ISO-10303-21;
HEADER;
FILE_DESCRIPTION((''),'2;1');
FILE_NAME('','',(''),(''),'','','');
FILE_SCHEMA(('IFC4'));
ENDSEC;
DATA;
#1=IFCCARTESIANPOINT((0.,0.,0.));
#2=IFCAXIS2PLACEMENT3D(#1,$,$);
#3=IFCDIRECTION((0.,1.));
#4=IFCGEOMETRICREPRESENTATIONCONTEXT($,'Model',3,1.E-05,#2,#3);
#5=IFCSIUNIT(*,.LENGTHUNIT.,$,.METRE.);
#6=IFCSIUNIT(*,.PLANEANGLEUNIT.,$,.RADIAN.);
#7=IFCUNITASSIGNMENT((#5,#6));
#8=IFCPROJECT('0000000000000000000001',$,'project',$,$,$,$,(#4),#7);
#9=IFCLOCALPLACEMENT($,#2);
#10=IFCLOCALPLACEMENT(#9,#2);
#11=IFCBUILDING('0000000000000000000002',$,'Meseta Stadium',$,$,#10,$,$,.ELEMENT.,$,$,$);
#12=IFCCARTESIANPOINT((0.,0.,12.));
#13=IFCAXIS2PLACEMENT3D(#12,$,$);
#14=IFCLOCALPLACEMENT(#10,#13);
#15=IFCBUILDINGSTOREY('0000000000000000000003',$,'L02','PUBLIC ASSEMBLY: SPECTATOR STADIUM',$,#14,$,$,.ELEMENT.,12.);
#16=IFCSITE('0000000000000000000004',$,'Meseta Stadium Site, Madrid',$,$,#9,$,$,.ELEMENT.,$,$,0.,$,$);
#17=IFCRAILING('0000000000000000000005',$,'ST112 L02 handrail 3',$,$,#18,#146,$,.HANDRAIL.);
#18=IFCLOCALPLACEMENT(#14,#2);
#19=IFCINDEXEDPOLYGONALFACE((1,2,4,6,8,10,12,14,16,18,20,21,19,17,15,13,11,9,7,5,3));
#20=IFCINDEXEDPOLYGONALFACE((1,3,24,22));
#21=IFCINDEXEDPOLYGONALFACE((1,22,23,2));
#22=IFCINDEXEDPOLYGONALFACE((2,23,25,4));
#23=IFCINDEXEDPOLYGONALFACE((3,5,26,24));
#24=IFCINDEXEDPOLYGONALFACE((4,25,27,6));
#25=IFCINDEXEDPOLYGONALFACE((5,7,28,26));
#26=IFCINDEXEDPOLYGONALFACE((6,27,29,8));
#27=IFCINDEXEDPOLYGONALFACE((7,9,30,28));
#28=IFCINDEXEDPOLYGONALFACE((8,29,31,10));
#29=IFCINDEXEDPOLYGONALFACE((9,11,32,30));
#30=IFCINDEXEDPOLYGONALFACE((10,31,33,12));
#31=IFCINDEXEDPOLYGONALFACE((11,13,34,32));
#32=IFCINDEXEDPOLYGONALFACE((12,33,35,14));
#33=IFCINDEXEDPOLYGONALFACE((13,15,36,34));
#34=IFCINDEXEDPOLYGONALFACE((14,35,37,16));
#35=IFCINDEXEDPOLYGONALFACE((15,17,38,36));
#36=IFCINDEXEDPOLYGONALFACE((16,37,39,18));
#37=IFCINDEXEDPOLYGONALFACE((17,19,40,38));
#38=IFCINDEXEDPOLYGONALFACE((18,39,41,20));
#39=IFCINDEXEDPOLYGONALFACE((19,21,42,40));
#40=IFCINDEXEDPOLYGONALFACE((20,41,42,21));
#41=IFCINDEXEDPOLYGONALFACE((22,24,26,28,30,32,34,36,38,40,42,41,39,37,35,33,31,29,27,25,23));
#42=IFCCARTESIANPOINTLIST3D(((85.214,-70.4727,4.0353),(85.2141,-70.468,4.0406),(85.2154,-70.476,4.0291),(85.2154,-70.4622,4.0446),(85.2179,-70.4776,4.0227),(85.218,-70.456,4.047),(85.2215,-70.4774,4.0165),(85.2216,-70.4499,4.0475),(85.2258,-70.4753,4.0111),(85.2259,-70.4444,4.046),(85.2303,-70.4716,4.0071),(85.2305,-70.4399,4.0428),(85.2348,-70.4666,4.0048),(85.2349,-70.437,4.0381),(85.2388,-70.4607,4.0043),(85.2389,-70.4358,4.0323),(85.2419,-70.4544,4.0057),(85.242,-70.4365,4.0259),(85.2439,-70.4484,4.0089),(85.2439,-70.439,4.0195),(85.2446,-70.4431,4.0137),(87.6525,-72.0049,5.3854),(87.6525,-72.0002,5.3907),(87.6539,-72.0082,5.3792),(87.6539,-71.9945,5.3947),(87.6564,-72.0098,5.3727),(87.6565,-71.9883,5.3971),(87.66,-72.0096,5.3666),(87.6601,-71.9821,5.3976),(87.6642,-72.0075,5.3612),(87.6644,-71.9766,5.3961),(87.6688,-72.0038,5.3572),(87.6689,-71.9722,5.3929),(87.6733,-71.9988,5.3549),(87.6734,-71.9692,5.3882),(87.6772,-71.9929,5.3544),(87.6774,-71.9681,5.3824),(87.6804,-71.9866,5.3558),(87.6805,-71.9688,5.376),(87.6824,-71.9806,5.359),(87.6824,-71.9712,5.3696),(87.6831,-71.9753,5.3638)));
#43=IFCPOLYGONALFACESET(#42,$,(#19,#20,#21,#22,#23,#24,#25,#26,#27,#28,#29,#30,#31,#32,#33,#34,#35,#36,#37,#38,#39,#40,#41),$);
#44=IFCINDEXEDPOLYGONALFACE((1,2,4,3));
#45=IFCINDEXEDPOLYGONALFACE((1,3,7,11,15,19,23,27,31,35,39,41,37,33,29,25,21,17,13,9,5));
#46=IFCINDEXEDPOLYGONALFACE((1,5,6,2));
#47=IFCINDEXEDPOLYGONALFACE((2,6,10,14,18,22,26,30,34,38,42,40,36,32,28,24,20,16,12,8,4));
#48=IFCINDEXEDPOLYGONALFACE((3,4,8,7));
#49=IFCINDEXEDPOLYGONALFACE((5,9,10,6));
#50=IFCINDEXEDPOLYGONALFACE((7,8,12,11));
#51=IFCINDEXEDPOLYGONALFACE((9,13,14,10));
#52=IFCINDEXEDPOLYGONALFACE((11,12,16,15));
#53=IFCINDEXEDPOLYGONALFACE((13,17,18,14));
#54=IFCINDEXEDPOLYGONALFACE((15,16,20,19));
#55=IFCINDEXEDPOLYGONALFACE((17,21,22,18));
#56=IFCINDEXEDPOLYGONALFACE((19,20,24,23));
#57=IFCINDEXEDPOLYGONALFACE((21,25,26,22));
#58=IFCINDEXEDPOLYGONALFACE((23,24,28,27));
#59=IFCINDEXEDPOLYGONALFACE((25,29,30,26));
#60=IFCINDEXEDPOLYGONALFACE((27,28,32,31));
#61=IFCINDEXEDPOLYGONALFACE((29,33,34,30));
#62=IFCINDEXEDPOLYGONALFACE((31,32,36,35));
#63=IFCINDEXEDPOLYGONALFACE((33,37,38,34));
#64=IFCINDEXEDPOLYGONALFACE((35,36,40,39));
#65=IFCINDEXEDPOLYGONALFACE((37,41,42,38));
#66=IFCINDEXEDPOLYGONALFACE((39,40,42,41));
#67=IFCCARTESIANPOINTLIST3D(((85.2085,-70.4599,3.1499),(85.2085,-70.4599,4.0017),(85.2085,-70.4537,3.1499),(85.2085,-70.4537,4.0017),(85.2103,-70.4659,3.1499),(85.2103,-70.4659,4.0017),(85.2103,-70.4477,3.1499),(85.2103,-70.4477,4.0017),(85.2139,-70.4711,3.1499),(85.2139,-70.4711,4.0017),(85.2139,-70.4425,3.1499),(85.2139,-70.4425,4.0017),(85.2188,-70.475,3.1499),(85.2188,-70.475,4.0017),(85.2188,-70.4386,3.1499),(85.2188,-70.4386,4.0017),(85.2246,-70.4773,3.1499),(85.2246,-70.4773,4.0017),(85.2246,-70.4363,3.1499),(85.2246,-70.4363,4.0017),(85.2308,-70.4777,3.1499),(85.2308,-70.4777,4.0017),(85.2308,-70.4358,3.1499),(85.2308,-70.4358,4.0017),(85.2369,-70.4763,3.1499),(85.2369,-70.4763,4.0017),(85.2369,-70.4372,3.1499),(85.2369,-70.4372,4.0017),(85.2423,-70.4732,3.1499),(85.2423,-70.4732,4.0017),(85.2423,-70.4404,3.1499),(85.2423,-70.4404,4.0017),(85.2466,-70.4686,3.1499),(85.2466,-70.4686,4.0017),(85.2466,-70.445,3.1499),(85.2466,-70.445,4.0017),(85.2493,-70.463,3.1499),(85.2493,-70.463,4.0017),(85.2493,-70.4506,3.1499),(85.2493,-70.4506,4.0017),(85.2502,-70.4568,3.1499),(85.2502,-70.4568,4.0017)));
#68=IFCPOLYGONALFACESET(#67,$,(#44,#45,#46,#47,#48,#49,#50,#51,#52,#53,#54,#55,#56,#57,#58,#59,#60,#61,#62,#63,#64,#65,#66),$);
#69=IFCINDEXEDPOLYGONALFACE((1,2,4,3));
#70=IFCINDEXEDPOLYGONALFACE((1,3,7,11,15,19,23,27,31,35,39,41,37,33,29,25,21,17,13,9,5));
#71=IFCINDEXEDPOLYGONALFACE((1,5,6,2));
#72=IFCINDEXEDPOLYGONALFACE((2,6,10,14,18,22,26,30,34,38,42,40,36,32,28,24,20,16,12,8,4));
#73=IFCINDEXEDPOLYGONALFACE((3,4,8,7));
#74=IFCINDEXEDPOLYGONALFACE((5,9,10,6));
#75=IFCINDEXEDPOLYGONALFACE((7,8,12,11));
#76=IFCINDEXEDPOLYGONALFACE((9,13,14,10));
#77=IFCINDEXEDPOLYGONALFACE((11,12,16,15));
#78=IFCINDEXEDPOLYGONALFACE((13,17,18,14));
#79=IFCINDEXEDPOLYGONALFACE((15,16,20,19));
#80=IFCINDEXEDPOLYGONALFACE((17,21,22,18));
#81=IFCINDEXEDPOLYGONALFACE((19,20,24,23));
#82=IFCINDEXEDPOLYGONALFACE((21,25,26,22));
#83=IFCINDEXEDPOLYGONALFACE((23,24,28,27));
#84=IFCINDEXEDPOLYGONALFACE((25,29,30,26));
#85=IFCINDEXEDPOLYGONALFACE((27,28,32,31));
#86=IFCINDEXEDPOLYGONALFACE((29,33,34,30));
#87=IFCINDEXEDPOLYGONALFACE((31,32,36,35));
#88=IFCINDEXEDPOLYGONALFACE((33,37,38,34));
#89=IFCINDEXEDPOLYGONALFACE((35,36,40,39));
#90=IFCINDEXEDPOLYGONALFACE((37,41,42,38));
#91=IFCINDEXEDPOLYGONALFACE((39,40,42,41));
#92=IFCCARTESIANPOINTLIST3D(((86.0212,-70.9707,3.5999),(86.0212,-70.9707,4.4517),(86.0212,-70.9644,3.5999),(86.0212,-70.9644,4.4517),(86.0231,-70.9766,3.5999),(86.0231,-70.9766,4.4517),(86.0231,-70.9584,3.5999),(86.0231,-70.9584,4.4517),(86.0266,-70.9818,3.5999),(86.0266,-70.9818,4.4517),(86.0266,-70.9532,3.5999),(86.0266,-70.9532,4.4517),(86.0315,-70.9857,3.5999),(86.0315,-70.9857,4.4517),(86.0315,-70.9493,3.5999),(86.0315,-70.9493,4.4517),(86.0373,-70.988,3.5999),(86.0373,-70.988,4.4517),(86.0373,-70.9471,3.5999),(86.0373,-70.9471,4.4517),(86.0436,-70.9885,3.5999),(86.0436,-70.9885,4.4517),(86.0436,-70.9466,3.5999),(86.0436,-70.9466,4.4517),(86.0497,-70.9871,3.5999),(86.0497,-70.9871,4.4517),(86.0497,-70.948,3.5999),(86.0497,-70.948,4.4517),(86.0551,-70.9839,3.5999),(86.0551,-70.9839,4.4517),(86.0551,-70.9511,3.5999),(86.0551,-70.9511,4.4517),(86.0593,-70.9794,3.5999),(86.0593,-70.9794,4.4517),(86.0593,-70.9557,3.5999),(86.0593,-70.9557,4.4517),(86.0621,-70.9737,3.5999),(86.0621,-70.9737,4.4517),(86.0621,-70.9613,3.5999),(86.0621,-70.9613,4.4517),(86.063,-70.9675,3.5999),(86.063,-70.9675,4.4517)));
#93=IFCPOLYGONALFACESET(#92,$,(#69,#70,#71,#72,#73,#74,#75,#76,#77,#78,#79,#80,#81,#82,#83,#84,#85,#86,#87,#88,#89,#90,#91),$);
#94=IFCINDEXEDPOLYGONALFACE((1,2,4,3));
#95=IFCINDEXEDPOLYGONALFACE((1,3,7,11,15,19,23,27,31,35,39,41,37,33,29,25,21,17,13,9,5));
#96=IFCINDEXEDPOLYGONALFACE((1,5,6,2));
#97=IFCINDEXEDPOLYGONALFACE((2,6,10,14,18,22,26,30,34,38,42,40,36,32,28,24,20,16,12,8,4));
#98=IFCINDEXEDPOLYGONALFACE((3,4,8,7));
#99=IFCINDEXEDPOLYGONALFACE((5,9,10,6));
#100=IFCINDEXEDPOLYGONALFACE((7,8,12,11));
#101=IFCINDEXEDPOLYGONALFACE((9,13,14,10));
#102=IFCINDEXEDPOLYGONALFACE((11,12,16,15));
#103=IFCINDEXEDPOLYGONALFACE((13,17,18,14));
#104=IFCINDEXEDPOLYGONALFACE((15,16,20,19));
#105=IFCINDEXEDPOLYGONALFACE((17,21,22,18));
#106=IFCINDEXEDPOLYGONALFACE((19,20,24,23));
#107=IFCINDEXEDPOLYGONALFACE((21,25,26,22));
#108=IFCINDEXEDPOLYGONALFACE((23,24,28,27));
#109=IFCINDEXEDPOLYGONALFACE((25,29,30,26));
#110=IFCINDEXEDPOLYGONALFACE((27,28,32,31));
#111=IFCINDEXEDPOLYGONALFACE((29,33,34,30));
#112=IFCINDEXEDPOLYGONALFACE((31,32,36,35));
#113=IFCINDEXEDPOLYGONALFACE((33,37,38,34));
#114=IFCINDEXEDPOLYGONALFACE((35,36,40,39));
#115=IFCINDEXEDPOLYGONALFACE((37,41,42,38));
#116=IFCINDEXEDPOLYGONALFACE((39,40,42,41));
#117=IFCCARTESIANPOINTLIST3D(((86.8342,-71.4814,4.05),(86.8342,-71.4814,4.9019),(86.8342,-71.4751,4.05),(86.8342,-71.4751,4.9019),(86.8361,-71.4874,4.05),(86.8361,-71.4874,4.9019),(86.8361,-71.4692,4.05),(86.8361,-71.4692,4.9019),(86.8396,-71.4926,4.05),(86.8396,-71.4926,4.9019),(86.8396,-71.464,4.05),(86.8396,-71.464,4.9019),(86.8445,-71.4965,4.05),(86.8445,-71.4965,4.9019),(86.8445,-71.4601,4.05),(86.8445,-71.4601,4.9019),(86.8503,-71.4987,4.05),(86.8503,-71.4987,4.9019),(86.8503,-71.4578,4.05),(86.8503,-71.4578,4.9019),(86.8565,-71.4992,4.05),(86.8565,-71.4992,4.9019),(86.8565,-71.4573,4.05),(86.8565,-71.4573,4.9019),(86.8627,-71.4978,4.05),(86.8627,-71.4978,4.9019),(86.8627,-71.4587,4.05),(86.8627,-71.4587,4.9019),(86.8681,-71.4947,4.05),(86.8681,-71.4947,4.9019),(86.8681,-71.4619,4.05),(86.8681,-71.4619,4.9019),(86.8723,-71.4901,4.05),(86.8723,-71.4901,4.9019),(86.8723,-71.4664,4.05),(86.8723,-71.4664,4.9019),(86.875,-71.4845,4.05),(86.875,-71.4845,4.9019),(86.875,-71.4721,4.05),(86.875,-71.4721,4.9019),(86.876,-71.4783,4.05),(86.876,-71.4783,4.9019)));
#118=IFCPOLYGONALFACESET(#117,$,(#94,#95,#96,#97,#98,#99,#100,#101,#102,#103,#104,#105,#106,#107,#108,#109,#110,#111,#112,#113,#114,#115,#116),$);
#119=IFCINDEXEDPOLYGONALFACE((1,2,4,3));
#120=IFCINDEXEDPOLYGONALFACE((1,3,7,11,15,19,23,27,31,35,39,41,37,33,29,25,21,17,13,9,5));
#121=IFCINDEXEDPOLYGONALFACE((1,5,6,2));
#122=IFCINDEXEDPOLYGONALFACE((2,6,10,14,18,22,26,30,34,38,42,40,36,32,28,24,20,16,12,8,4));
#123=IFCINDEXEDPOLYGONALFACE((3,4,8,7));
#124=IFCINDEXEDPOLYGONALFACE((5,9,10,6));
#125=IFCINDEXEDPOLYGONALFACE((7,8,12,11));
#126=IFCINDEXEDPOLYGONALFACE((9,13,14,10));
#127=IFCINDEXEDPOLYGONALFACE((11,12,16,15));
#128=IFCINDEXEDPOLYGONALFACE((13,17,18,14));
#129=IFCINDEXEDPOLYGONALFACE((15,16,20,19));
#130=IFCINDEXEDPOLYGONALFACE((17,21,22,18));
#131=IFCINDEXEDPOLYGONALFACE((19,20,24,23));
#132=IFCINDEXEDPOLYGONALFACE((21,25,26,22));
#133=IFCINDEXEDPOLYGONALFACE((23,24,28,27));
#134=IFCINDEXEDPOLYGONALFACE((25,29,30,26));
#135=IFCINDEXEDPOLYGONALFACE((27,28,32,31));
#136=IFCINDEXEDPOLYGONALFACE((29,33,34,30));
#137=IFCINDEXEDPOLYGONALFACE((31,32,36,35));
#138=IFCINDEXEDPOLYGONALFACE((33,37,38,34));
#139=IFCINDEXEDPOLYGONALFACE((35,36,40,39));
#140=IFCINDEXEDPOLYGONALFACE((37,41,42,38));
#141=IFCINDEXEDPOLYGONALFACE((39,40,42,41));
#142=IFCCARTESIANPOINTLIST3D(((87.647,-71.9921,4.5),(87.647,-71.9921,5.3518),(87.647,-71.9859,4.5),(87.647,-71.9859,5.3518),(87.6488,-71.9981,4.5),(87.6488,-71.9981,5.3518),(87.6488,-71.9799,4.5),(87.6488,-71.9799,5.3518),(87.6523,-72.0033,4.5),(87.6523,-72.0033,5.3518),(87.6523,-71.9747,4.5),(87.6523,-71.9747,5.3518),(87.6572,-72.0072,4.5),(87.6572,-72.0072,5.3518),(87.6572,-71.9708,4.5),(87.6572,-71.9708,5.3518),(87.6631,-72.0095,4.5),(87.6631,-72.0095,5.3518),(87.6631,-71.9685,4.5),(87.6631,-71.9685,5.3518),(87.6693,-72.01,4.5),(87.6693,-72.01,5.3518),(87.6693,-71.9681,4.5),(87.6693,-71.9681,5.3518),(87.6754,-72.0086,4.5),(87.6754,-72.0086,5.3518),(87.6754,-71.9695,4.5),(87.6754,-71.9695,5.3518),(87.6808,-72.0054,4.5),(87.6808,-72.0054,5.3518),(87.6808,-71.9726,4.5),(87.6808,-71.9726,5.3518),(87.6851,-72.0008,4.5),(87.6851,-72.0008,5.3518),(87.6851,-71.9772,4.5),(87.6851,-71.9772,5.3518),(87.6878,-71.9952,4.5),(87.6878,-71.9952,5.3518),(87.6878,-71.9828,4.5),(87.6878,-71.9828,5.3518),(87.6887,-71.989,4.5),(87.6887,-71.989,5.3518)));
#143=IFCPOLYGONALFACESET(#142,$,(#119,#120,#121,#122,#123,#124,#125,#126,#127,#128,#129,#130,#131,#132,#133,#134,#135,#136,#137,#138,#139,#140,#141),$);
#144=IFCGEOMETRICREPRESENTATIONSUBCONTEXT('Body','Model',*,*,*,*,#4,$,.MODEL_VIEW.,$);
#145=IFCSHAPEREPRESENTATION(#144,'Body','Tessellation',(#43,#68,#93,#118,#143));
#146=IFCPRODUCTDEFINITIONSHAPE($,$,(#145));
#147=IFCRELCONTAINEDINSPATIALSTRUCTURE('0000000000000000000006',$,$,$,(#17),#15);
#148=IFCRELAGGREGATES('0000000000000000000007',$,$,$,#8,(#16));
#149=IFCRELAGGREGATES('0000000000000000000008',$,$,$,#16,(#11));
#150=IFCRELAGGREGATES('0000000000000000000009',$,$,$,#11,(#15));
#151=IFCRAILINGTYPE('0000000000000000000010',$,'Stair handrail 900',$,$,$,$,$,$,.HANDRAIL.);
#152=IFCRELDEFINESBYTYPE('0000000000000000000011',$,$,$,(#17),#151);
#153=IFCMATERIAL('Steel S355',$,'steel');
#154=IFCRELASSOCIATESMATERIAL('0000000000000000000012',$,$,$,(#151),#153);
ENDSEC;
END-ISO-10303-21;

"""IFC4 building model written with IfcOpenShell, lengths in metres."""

from ifc_helpers import new_model, si_unit, direction, frame, origin, origin_2d, place, context, subcontext, project, spatial, circle, extrude, material, type_object, element, save


model = new_model("IFC4")

# Units and contexts
model_context = context("Model", 3, precision=1e-05, world=origin(), true_north=direction((0.0, 1.0)))
body_context = subcontext(model_context, "Body", "Model", "MODEL_VIEW")
ifc_project = project(units=[si_unit("LENGTHUNIT", "METRE"), si_unit("PLANEANGLEUNIT", "RADIAN")], contexts=[model_context])

# Site, building, storey
site_placement = place(None, origin())
site = spatial("IfcSite", under=ifc_project, at=site_placement, Name="Meseta Stadium Site, Madrid", CompositionType="ELEMENT", RefElevation=0.0)
building_placement = place(site_placement, origin())
building = spatial("IfcBuilding", under=site, at=building_placement, Name="Meseta Stadium", CompositionType="ELEMENT")
storey_placement = place(building_placement, frame((0.0, 0.0, 12.0)))
storey = spatial("IfcBuildingStorey", under=building, at=storey_placement, Name="L02", Description="PUBLIC ASSEMBLY: SPECTATOR STADIUM", CompositionType="ELEMENT", Elevation=12.0)

# Railing
ifc_material_1 = material(Name="Steel S355", Category="steel")
railing_type_1 = type_object("IfcRailingType", Name="Stair handrail 900", PredefinedType="HANDRAIL", material=ifc_material_1)
for number, where, name in (
    (1, (85.2292, -70.4568, 3.1499), "ST112 L02 handrail 3"),
):
    element("IfcRailing", number, at=place(storey_placement, frame(where)), inside=storey, type_object=railing_type_1, Name=name, PredefinedType="HANDRAIL", context=body_context, shape_type="SweptSolid", body=[
        extrude(circle(Radius=0.0239, at=origin_2d()), frame((0.0, 0.0, 0.876), z_axis=(0.766655, -0.481731, 0.42447), x_axis=(0.53204, 0.846719, 0.0)), (0.0, 0.0, 1.0), 3.1807),
        extrude(circle(Radius=0.021, at=origin_2d()), origin(), (0.0, 0.0, 1.0), 0.8518),
        extrude(circle(Radius=0.021, at=origin_2d()), frame((0.8127, -0.5107, 0.45)), (0.0, 0.0, 1.0), 0.8518),
        extrude(circle(Radius=0.021, at=origin_2d()), frame((1.6257, -1.0215, 0.9001)), (0.0, 0.0, 1.0), 0.8518),
        extrude(circle(Radius=0.021, at=origin_2d()), frame((2.4385, -1.5322, 1.3501)), (0.0, 0.0, 1.0), 0.8518),
    ])

save(model, "model.ifc")
